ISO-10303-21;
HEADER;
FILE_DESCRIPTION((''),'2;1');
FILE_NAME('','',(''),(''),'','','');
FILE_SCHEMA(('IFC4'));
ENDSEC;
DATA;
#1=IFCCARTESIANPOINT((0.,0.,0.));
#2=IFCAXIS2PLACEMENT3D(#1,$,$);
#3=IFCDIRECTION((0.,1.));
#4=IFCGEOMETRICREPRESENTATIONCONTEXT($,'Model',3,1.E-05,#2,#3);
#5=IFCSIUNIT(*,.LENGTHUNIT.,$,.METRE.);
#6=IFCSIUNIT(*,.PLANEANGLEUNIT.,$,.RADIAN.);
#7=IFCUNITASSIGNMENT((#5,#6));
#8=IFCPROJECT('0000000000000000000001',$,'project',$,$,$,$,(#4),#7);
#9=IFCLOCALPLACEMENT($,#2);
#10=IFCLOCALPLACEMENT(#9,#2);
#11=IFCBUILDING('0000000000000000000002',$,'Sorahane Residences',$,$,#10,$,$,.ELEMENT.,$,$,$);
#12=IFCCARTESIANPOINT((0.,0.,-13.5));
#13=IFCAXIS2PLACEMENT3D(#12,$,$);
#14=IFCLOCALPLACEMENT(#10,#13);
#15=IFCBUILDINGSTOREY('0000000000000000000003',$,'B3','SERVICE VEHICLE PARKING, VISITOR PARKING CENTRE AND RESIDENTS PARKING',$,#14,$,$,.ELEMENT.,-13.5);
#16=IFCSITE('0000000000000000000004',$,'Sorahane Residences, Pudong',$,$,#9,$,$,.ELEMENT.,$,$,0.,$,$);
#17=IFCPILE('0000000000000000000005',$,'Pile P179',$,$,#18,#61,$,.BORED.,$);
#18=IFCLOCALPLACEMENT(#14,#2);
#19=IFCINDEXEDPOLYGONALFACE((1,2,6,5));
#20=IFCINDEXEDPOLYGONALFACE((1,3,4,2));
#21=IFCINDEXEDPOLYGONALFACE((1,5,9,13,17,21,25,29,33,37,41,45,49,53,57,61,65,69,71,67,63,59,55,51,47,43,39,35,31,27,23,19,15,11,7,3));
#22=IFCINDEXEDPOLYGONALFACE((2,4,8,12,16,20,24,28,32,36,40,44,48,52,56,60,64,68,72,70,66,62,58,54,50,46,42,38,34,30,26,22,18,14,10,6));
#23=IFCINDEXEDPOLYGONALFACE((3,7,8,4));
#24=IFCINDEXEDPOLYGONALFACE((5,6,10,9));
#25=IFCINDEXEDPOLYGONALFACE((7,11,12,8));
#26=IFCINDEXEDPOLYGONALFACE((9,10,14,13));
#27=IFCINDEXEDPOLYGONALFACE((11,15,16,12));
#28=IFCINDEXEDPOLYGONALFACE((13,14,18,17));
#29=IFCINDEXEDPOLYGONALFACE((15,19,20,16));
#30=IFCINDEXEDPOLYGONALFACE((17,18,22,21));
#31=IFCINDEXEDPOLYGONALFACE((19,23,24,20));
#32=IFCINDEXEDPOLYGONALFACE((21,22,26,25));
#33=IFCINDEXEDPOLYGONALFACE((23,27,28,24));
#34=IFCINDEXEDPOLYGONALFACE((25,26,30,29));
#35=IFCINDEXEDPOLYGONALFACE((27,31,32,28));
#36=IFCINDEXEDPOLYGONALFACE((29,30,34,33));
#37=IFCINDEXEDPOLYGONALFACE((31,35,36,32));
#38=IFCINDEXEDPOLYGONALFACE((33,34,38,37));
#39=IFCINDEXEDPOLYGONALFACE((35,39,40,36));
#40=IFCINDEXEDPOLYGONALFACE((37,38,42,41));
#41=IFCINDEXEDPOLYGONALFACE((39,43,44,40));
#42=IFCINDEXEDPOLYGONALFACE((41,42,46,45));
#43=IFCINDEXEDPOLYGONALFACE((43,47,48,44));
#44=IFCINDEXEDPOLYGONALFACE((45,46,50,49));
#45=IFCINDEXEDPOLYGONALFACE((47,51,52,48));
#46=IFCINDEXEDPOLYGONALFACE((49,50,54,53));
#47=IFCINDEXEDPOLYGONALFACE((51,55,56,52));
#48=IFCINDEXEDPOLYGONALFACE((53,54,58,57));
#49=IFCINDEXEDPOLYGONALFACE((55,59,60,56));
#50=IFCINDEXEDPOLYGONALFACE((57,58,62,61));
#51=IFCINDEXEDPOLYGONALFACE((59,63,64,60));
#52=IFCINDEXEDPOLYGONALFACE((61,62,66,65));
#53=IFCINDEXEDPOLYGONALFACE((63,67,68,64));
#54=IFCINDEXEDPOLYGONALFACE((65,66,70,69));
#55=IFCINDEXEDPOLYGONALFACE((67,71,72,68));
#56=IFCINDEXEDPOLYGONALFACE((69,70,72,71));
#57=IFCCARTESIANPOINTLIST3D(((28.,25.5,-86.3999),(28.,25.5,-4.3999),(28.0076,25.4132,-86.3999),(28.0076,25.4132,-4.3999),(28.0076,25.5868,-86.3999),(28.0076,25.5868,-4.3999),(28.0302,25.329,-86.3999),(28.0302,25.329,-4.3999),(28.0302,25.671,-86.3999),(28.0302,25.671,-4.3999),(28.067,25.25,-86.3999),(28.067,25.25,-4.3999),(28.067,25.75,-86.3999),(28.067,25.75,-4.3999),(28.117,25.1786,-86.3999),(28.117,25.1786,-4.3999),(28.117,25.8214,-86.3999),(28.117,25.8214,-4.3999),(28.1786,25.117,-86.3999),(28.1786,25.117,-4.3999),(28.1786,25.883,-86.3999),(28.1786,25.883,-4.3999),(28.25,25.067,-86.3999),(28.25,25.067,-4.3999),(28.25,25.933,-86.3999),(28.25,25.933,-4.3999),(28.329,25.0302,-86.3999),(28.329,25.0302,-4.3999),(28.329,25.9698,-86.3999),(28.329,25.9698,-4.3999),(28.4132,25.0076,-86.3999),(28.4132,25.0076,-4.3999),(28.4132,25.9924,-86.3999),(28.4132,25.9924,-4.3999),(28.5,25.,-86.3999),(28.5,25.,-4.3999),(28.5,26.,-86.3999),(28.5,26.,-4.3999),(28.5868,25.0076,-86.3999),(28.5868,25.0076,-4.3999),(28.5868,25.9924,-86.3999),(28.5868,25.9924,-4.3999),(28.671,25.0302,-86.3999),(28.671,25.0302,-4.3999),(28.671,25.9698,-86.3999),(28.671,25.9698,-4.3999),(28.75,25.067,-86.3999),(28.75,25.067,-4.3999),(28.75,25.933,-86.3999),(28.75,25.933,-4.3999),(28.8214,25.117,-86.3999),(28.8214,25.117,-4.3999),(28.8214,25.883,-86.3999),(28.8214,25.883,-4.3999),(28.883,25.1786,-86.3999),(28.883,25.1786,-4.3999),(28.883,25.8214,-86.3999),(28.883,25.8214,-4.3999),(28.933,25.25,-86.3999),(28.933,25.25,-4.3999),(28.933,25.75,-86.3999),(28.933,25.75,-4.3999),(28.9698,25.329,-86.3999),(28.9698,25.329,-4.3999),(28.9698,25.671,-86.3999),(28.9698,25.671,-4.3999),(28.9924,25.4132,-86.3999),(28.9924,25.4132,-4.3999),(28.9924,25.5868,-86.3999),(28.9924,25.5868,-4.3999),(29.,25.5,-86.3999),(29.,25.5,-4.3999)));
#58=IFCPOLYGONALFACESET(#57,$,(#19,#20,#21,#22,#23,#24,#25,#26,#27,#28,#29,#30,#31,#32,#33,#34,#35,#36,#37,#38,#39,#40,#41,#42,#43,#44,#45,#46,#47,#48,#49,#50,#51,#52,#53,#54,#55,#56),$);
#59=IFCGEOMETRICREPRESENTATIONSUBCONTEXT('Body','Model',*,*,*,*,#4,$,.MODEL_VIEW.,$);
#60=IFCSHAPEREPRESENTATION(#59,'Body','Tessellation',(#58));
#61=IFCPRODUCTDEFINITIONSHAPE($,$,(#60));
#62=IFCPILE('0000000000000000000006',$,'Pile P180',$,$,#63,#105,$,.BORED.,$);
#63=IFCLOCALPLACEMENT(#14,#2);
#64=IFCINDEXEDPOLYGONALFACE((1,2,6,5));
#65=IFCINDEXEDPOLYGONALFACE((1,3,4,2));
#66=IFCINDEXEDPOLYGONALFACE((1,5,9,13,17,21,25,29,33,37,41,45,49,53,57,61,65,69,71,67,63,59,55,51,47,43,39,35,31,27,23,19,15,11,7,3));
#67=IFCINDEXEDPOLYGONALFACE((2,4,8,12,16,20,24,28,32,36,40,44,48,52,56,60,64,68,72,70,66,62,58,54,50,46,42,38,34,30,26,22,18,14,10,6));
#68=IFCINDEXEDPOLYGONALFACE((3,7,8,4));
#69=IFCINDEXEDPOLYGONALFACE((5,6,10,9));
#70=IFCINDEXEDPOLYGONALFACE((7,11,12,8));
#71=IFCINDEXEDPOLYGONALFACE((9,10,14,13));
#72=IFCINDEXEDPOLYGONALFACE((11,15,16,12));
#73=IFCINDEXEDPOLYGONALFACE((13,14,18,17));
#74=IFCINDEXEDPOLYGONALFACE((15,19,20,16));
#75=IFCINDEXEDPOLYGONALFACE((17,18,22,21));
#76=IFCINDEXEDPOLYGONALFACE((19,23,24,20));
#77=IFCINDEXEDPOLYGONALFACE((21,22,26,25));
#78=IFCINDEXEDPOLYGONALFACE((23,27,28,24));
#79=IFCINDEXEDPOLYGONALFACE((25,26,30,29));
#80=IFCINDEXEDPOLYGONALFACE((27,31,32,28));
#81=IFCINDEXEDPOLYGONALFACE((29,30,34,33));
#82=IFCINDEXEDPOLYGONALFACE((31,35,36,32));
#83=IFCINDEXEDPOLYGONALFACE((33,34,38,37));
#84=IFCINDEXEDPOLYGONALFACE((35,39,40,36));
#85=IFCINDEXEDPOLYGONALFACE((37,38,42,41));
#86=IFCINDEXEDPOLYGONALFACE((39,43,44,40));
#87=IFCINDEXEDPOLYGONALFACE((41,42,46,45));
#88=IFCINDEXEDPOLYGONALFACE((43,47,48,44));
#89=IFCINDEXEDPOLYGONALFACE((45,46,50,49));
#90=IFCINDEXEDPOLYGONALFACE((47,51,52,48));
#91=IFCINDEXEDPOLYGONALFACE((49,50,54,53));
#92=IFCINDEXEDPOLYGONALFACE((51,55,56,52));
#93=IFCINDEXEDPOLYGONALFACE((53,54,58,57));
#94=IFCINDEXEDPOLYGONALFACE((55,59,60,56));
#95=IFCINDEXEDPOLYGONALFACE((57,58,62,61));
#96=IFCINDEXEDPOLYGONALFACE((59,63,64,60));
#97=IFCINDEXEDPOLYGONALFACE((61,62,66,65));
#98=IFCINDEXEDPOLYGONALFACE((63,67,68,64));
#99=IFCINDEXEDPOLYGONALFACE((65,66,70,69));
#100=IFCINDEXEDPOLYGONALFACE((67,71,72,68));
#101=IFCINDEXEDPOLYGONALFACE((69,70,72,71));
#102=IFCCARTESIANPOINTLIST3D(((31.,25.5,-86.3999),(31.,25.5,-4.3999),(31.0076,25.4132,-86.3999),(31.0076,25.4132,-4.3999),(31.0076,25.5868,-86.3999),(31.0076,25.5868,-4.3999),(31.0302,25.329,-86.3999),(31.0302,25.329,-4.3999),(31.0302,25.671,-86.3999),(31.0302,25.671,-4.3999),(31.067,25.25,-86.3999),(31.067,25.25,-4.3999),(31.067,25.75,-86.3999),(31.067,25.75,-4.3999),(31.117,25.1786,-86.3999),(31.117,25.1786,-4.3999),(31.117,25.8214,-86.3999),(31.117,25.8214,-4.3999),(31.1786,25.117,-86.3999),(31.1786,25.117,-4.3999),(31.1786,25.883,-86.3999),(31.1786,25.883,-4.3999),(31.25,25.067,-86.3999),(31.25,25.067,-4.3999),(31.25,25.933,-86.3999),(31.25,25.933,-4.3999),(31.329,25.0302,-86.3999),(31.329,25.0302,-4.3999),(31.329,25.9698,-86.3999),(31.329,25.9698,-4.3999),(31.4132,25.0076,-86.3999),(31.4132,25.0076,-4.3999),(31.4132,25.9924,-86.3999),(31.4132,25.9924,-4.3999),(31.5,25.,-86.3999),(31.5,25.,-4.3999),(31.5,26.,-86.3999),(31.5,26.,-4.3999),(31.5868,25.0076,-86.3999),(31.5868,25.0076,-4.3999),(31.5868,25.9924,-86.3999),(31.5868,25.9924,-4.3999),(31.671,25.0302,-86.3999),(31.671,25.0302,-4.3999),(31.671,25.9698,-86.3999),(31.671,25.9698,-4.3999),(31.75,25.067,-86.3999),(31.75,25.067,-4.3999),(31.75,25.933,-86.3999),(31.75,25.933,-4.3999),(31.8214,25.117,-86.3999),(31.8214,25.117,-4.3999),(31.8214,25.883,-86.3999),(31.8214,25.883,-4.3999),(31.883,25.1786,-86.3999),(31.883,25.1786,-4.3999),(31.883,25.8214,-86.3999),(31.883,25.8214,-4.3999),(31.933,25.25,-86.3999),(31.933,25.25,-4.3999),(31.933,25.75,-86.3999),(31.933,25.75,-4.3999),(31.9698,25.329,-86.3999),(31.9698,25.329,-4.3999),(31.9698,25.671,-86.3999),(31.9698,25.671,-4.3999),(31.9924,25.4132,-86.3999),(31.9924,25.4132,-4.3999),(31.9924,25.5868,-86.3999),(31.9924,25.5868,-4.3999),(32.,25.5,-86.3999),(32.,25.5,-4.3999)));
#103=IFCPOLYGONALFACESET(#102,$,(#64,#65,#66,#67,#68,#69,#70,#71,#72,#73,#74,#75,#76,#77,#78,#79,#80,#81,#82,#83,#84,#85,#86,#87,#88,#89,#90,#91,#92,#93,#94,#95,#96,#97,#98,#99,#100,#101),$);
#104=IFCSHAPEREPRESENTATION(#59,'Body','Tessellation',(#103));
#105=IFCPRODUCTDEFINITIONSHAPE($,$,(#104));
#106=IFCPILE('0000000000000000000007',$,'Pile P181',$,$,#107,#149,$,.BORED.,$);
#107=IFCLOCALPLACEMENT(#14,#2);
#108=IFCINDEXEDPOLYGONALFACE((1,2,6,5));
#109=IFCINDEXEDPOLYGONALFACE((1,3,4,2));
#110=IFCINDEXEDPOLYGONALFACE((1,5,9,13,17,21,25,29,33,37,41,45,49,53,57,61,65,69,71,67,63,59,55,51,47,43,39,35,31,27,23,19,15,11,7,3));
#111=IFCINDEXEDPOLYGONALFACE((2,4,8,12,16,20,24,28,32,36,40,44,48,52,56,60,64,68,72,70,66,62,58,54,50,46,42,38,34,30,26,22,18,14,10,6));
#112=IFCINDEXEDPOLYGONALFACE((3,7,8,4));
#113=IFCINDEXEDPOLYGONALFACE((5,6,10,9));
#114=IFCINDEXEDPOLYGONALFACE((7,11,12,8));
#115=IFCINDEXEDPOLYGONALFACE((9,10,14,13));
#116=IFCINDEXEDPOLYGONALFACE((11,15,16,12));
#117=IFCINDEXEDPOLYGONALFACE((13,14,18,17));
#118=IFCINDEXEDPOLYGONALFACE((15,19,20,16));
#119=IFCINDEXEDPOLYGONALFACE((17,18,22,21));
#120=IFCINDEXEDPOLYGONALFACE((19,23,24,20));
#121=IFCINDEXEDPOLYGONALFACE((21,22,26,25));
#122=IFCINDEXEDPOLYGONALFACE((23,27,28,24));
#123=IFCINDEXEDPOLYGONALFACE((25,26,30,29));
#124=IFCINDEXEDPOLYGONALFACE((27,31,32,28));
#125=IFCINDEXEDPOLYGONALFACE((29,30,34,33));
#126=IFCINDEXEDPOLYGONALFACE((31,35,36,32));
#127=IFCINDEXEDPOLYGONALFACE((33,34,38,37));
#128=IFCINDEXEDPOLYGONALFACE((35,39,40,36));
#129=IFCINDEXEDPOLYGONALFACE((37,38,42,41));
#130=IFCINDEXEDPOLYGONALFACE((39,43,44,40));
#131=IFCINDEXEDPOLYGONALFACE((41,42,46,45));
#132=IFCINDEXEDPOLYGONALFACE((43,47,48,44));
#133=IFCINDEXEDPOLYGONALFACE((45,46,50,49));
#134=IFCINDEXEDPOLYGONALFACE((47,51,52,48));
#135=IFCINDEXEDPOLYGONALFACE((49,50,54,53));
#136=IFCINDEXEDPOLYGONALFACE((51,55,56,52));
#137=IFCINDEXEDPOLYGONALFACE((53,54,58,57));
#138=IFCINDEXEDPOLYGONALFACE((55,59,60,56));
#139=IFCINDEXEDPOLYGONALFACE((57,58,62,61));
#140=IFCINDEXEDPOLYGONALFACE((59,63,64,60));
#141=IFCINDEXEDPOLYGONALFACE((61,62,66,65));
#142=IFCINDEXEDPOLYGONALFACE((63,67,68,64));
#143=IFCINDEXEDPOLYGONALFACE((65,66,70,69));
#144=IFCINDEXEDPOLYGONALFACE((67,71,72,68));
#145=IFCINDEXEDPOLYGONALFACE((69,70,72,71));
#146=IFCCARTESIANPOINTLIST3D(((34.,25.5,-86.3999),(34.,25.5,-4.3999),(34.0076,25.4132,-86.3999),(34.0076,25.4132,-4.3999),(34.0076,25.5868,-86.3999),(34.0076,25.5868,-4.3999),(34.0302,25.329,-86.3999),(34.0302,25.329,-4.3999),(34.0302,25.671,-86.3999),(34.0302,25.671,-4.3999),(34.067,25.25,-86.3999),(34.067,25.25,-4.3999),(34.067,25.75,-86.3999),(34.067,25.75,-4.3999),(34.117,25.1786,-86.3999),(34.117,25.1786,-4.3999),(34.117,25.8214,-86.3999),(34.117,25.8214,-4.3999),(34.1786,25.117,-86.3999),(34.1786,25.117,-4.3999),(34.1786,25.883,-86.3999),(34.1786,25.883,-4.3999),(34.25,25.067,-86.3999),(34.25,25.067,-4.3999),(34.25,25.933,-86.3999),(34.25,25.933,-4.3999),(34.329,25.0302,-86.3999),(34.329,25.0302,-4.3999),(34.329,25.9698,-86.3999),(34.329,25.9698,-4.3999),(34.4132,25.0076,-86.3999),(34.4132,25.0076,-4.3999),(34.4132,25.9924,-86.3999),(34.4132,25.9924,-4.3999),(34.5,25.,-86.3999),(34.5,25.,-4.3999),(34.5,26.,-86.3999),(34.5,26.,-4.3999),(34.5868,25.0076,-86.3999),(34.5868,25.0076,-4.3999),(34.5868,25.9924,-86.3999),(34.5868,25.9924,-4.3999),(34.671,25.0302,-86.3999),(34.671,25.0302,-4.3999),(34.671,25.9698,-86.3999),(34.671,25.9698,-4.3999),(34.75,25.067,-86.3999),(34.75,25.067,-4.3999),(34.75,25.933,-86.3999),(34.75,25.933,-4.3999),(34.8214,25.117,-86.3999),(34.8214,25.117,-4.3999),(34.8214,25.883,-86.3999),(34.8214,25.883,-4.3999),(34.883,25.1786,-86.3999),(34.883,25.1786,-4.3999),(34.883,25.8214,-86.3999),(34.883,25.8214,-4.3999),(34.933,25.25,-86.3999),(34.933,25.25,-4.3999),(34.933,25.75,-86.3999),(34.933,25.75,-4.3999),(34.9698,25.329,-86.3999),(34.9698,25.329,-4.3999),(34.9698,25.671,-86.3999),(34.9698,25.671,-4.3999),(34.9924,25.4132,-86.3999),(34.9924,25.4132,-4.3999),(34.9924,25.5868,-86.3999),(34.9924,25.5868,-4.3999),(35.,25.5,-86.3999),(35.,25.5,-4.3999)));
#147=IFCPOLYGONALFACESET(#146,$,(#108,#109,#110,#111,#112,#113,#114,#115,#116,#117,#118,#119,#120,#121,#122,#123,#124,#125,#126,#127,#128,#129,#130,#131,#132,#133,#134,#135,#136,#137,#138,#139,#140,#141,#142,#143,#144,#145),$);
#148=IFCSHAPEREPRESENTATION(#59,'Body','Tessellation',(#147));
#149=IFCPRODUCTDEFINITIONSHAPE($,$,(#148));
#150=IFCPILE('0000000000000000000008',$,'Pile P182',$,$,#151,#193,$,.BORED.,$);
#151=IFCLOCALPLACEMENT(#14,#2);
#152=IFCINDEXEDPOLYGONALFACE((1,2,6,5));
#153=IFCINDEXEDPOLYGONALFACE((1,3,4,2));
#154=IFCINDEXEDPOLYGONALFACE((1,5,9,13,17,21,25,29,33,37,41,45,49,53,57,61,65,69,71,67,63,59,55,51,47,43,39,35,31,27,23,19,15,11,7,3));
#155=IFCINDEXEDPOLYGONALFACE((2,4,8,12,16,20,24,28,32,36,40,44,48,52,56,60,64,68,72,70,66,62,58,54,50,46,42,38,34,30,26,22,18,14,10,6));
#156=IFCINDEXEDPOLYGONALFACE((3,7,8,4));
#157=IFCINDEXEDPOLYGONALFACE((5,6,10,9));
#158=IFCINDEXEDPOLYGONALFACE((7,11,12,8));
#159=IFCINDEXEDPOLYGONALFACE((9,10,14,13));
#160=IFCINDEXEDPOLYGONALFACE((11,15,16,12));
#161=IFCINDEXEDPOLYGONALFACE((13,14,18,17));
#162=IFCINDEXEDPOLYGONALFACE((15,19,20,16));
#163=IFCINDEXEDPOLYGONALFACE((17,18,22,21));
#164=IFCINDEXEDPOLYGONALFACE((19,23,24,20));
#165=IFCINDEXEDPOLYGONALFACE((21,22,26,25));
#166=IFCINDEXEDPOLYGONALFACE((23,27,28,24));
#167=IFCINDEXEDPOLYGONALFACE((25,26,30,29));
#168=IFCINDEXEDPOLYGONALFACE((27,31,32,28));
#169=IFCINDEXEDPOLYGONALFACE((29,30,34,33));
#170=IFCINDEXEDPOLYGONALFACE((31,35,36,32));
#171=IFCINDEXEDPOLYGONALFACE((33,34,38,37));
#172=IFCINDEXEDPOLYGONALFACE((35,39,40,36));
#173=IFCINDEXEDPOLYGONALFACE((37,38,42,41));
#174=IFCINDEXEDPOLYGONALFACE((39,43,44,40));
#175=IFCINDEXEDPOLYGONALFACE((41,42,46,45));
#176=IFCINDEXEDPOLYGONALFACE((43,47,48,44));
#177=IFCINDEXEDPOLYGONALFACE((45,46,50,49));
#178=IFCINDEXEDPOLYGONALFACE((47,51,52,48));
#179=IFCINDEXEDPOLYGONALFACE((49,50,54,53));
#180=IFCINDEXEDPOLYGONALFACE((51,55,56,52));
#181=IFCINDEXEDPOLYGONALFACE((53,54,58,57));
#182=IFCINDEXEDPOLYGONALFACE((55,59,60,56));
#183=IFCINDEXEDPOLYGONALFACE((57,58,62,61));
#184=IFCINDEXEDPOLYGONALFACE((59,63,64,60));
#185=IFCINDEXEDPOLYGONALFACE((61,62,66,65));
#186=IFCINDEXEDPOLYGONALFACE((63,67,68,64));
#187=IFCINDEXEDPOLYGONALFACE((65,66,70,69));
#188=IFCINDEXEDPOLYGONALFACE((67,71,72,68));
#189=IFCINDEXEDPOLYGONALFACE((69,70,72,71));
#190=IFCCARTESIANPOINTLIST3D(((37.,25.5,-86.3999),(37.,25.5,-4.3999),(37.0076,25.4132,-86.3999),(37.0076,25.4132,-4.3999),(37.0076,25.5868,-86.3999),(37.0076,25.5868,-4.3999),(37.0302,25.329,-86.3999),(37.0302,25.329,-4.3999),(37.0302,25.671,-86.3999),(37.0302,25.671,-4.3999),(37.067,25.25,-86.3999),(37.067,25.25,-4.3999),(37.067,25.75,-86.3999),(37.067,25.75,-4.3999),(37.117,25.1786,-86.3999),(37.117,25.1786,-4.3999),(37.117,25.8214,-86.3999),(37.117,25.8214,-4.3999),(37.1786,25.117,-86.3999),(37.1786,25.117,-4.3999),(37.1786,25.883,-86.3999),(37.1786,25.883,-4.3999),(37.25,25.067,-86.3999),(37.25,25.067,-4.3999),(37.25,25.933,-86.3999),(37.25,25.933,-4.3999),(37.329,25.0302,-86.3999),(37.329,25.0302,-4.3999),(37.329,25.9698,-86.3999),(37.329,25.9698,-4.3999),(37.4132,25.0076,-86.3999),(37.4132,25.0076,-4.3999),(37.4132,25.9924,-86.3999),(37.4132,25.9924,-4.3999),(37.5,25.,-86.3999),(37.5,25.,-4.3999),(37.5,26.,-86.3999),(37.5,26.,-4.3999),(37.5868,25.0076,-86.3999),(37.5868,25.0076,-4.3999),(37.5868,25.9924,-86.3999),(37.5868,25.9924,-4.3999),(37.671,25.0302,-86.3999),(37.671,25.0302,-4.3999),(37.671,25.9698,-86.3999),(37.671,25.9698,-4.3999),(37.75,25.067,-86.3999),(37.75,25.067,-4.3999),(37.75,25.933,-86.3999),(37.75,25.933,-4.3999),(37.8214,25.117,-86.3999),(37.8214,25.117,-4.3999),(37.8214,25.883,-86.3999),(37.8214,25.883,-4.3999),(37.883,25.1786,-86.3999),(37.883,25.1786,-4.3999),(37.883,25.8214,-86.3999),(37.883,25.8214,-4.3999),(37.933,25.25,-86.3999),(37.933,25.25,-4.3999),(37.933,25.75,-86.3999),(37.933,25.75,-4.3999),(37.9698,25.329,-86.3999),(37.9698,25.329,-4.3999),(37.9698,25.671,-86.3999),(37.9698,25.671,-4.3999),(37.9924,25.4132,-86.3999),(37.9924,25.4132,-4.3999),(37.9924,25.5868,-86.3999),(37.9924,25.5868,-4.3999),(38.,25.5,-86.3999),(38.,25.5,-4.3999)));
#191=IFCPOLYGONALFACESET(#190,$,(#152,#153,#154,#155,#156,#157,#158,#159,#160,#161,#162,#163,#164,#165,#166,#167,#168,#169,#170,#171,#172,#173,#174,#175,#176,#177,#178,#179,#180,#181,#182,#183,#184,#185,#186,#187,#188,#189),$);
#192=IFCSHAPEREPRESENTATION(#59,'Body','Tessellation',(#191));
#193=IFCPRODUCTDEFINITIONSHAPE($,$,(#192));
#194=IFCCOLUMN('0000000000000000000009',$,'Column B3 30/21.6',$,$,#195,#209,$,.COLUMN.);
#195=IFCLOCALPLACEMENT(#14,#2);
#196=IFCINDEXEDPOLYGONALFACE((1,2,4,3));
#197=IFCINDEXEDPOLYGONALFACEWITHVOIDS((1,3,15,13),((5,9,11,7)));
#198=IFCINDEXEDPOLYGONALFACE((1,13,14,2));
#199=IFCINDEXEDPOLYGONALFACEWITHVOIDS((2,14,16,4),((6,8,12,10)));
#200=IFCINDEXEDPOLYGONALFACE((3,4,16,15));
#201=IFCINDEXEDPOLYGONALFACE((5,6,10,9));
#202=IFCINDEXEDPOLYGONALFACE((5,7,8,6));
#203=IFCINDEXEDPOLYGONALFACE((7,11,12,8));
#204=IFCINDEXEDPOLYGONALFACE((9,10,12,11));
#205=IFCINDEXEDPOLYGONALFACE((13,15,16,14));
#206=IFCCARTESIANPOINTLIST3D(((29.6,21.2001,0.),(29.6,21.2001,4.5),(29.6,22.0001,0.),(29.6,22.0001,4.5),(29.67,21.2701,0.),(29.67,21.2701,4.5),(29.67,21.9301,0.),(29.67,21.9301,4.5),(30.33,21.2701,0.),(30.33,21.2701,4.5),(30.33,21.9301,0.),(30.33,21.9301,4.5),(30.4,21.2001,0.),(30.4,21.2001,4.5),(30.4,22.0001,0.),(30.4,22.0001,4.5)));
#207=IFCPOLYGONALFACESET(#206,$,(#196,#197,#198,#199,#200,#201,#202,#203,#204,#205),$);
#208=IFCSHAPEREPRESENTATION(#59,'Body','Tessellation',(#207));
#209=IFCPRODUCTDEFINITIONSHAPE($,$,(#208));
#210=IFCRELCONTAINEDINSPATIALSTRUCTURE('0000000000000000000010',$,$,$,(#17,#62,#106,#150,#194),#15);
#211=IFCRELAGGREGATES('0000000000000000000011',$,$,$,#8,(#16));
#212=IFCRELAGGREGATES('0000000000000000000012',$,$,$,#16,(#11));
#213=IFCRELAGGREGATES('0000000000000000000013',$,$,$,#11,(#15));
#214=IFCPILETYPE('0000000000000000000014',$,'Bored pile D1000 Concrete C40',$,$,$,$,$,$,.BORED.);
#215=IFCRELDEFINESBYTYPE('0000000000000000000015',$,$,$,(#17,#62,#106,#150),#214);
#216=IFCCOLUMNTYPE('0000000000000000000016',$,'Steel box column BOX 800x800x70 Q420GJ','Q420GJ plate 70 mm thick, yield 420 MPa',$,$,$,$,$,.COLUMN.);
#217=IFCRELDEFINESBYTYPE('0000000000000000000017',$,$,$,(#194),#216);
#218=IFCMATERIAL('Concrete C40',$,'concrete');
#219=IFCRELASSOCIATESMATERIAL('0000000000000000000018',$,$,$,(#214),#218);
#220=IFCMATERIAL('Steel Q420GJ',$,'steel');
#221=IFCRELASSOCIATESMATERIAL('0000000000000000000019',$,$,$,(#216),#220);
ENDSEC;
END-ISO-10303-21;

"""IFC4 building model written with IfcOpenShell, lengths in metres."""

from ifc_helpers import new_model, si_unit, direction, frame, origin, origin_2d, place, context, subcontext, project, spatial, hollow_rectangle, circle, extrude, material, material_profile, profile_set, type_object, element, save


model = new_model("IFC4")

# Units and contexts
model_context = context("Model", 3, precision=1e-05, world=origin(), true_north=direction((0.0, 1.0)))
body_context = subcontext(model_context, "Body", "Model", "MODEL_VIEW")
ifc_project = project(units=[si_unit("LENGTHUNIT", "METRE"), si_unit("PLANEANGLEUNIT", "RADIAN")], contexts=[model_context])

# Site, building, storey
site_placement = place(None, origin())
site = spatial("IfcSite", under=ifc_project, at=site_placement, Name="Sorahane Residences, Pudong", CompositionType="ELEMENT", RefElevation=0.0)
building_placement = place(site_placement, origin())
building = spatial("IfcBuilding", under=site, at=building_placement, Name="Sorahane Residences", CompositionType="ELEMENT")
storey_placement = place(building_placement, frame((0.0, 0.0, -13.5)))
storey = spatial("IfcBuildingStorey", under=building, at=storey_placement, Name="B3", Description="SERVICE VEHICLE PARKING, VISITOR PARKING CENTRE AND RESIDENTS PARKING", CompositionType="ELEMENT", Elevation=-13.5)

# Piles
ifc_material_1 = material(Name="Concrete C40", Category="concrete")
ifc_material_profile_1 = material_profile(ifc_material_1, circle(Radius=0.5, at=origin_2d()), Name="D1000")
ifc_profile_set_1 = profile_set([ifc_material_profile_1], Name="Concrete C40")
pile_type = type_object("IfcPileType", Name="Bored pile D1000 Concrete C40", PredefinedType="BORED", material=ifc_profile_set_1)
for number, where, z_axis, x_axis, name in (
    (1, (28.5, 25.5, -4.3999), (0.0, 0.0, -1.0), (1.0, 0.0, 0.0), "Pile P179"),
    (2, (31.5, 25.5, -4.3999), (0.0, 0.0, -1.0), (1.0, 0.0, 0.0), "Pile P180"),
    (3, (34.5, 25.5, -4.3999), (0.0, 0.0, -1.0), (1.0, 0.0, 0.0), "Pile P181"),
    (4, (37.5, 25.5, -4.3999), (0.0, 0.0, -1.0), (1.0, 0.0, 0.0), "Pile P182"),
):
    element("IfcPile", number, at=place(storey_placement, frame(where, z_axis=z_axis, x_axis=x_axis)), inside=storey, type_object=pile_type, Name=name, PredefinedType="BORED", context=body_context, shape_type="SweptSolid", body=[
        extrude(circle(Radius=0.5, at=origin_2d()), origin(), (0.0, 0.0, 1.0), 82.0),
    ])

# Column
ifc_material_2 = material(Name="Steel Q420GJ", Category="steel")
ifc_material_profile_2 = material_profile(ifc_material_2, hollow_rectangle(XDim=0.8, YDim=0.8, WallThickness=0.0701, at=origin_2d()), Name="BOX 800x800x70")
ifc_profile_set_2 = profile_set([ifc_material_profile_2], Name="Steel Q420GJ")
column_type = type_object("IfcColumnType", Name="Steel box column BOX 800x800x70 Q420GJ", Description="Q420GJ plate 70 mm thick, yield 420 MPa", PredefinedType="COLUMN", material=ifc_profile_set_2)
column_placement = place(storey_placement, frame((30.0, 21.6001, 0.0), z_axis=(0.0, 0.0, 1.0), x_axis=(1.0, 0.0, 0.0)))
element("IfcColumn", 5, at=column_placement, inside=storey, type_object=column_type, Name="Column B3 30/21.6", PredefinedType="COLUMN", context=body_context, shape_type="SweptSolid", body=[
    extrude(hollow_rectangle(XDim=0.8, YDim=0.8, WallThickness=0.0701, at=origin_2d()), origin(), (0.0, 0.0, 1.0), 4.5),
])

save(model, "model.ifc")
